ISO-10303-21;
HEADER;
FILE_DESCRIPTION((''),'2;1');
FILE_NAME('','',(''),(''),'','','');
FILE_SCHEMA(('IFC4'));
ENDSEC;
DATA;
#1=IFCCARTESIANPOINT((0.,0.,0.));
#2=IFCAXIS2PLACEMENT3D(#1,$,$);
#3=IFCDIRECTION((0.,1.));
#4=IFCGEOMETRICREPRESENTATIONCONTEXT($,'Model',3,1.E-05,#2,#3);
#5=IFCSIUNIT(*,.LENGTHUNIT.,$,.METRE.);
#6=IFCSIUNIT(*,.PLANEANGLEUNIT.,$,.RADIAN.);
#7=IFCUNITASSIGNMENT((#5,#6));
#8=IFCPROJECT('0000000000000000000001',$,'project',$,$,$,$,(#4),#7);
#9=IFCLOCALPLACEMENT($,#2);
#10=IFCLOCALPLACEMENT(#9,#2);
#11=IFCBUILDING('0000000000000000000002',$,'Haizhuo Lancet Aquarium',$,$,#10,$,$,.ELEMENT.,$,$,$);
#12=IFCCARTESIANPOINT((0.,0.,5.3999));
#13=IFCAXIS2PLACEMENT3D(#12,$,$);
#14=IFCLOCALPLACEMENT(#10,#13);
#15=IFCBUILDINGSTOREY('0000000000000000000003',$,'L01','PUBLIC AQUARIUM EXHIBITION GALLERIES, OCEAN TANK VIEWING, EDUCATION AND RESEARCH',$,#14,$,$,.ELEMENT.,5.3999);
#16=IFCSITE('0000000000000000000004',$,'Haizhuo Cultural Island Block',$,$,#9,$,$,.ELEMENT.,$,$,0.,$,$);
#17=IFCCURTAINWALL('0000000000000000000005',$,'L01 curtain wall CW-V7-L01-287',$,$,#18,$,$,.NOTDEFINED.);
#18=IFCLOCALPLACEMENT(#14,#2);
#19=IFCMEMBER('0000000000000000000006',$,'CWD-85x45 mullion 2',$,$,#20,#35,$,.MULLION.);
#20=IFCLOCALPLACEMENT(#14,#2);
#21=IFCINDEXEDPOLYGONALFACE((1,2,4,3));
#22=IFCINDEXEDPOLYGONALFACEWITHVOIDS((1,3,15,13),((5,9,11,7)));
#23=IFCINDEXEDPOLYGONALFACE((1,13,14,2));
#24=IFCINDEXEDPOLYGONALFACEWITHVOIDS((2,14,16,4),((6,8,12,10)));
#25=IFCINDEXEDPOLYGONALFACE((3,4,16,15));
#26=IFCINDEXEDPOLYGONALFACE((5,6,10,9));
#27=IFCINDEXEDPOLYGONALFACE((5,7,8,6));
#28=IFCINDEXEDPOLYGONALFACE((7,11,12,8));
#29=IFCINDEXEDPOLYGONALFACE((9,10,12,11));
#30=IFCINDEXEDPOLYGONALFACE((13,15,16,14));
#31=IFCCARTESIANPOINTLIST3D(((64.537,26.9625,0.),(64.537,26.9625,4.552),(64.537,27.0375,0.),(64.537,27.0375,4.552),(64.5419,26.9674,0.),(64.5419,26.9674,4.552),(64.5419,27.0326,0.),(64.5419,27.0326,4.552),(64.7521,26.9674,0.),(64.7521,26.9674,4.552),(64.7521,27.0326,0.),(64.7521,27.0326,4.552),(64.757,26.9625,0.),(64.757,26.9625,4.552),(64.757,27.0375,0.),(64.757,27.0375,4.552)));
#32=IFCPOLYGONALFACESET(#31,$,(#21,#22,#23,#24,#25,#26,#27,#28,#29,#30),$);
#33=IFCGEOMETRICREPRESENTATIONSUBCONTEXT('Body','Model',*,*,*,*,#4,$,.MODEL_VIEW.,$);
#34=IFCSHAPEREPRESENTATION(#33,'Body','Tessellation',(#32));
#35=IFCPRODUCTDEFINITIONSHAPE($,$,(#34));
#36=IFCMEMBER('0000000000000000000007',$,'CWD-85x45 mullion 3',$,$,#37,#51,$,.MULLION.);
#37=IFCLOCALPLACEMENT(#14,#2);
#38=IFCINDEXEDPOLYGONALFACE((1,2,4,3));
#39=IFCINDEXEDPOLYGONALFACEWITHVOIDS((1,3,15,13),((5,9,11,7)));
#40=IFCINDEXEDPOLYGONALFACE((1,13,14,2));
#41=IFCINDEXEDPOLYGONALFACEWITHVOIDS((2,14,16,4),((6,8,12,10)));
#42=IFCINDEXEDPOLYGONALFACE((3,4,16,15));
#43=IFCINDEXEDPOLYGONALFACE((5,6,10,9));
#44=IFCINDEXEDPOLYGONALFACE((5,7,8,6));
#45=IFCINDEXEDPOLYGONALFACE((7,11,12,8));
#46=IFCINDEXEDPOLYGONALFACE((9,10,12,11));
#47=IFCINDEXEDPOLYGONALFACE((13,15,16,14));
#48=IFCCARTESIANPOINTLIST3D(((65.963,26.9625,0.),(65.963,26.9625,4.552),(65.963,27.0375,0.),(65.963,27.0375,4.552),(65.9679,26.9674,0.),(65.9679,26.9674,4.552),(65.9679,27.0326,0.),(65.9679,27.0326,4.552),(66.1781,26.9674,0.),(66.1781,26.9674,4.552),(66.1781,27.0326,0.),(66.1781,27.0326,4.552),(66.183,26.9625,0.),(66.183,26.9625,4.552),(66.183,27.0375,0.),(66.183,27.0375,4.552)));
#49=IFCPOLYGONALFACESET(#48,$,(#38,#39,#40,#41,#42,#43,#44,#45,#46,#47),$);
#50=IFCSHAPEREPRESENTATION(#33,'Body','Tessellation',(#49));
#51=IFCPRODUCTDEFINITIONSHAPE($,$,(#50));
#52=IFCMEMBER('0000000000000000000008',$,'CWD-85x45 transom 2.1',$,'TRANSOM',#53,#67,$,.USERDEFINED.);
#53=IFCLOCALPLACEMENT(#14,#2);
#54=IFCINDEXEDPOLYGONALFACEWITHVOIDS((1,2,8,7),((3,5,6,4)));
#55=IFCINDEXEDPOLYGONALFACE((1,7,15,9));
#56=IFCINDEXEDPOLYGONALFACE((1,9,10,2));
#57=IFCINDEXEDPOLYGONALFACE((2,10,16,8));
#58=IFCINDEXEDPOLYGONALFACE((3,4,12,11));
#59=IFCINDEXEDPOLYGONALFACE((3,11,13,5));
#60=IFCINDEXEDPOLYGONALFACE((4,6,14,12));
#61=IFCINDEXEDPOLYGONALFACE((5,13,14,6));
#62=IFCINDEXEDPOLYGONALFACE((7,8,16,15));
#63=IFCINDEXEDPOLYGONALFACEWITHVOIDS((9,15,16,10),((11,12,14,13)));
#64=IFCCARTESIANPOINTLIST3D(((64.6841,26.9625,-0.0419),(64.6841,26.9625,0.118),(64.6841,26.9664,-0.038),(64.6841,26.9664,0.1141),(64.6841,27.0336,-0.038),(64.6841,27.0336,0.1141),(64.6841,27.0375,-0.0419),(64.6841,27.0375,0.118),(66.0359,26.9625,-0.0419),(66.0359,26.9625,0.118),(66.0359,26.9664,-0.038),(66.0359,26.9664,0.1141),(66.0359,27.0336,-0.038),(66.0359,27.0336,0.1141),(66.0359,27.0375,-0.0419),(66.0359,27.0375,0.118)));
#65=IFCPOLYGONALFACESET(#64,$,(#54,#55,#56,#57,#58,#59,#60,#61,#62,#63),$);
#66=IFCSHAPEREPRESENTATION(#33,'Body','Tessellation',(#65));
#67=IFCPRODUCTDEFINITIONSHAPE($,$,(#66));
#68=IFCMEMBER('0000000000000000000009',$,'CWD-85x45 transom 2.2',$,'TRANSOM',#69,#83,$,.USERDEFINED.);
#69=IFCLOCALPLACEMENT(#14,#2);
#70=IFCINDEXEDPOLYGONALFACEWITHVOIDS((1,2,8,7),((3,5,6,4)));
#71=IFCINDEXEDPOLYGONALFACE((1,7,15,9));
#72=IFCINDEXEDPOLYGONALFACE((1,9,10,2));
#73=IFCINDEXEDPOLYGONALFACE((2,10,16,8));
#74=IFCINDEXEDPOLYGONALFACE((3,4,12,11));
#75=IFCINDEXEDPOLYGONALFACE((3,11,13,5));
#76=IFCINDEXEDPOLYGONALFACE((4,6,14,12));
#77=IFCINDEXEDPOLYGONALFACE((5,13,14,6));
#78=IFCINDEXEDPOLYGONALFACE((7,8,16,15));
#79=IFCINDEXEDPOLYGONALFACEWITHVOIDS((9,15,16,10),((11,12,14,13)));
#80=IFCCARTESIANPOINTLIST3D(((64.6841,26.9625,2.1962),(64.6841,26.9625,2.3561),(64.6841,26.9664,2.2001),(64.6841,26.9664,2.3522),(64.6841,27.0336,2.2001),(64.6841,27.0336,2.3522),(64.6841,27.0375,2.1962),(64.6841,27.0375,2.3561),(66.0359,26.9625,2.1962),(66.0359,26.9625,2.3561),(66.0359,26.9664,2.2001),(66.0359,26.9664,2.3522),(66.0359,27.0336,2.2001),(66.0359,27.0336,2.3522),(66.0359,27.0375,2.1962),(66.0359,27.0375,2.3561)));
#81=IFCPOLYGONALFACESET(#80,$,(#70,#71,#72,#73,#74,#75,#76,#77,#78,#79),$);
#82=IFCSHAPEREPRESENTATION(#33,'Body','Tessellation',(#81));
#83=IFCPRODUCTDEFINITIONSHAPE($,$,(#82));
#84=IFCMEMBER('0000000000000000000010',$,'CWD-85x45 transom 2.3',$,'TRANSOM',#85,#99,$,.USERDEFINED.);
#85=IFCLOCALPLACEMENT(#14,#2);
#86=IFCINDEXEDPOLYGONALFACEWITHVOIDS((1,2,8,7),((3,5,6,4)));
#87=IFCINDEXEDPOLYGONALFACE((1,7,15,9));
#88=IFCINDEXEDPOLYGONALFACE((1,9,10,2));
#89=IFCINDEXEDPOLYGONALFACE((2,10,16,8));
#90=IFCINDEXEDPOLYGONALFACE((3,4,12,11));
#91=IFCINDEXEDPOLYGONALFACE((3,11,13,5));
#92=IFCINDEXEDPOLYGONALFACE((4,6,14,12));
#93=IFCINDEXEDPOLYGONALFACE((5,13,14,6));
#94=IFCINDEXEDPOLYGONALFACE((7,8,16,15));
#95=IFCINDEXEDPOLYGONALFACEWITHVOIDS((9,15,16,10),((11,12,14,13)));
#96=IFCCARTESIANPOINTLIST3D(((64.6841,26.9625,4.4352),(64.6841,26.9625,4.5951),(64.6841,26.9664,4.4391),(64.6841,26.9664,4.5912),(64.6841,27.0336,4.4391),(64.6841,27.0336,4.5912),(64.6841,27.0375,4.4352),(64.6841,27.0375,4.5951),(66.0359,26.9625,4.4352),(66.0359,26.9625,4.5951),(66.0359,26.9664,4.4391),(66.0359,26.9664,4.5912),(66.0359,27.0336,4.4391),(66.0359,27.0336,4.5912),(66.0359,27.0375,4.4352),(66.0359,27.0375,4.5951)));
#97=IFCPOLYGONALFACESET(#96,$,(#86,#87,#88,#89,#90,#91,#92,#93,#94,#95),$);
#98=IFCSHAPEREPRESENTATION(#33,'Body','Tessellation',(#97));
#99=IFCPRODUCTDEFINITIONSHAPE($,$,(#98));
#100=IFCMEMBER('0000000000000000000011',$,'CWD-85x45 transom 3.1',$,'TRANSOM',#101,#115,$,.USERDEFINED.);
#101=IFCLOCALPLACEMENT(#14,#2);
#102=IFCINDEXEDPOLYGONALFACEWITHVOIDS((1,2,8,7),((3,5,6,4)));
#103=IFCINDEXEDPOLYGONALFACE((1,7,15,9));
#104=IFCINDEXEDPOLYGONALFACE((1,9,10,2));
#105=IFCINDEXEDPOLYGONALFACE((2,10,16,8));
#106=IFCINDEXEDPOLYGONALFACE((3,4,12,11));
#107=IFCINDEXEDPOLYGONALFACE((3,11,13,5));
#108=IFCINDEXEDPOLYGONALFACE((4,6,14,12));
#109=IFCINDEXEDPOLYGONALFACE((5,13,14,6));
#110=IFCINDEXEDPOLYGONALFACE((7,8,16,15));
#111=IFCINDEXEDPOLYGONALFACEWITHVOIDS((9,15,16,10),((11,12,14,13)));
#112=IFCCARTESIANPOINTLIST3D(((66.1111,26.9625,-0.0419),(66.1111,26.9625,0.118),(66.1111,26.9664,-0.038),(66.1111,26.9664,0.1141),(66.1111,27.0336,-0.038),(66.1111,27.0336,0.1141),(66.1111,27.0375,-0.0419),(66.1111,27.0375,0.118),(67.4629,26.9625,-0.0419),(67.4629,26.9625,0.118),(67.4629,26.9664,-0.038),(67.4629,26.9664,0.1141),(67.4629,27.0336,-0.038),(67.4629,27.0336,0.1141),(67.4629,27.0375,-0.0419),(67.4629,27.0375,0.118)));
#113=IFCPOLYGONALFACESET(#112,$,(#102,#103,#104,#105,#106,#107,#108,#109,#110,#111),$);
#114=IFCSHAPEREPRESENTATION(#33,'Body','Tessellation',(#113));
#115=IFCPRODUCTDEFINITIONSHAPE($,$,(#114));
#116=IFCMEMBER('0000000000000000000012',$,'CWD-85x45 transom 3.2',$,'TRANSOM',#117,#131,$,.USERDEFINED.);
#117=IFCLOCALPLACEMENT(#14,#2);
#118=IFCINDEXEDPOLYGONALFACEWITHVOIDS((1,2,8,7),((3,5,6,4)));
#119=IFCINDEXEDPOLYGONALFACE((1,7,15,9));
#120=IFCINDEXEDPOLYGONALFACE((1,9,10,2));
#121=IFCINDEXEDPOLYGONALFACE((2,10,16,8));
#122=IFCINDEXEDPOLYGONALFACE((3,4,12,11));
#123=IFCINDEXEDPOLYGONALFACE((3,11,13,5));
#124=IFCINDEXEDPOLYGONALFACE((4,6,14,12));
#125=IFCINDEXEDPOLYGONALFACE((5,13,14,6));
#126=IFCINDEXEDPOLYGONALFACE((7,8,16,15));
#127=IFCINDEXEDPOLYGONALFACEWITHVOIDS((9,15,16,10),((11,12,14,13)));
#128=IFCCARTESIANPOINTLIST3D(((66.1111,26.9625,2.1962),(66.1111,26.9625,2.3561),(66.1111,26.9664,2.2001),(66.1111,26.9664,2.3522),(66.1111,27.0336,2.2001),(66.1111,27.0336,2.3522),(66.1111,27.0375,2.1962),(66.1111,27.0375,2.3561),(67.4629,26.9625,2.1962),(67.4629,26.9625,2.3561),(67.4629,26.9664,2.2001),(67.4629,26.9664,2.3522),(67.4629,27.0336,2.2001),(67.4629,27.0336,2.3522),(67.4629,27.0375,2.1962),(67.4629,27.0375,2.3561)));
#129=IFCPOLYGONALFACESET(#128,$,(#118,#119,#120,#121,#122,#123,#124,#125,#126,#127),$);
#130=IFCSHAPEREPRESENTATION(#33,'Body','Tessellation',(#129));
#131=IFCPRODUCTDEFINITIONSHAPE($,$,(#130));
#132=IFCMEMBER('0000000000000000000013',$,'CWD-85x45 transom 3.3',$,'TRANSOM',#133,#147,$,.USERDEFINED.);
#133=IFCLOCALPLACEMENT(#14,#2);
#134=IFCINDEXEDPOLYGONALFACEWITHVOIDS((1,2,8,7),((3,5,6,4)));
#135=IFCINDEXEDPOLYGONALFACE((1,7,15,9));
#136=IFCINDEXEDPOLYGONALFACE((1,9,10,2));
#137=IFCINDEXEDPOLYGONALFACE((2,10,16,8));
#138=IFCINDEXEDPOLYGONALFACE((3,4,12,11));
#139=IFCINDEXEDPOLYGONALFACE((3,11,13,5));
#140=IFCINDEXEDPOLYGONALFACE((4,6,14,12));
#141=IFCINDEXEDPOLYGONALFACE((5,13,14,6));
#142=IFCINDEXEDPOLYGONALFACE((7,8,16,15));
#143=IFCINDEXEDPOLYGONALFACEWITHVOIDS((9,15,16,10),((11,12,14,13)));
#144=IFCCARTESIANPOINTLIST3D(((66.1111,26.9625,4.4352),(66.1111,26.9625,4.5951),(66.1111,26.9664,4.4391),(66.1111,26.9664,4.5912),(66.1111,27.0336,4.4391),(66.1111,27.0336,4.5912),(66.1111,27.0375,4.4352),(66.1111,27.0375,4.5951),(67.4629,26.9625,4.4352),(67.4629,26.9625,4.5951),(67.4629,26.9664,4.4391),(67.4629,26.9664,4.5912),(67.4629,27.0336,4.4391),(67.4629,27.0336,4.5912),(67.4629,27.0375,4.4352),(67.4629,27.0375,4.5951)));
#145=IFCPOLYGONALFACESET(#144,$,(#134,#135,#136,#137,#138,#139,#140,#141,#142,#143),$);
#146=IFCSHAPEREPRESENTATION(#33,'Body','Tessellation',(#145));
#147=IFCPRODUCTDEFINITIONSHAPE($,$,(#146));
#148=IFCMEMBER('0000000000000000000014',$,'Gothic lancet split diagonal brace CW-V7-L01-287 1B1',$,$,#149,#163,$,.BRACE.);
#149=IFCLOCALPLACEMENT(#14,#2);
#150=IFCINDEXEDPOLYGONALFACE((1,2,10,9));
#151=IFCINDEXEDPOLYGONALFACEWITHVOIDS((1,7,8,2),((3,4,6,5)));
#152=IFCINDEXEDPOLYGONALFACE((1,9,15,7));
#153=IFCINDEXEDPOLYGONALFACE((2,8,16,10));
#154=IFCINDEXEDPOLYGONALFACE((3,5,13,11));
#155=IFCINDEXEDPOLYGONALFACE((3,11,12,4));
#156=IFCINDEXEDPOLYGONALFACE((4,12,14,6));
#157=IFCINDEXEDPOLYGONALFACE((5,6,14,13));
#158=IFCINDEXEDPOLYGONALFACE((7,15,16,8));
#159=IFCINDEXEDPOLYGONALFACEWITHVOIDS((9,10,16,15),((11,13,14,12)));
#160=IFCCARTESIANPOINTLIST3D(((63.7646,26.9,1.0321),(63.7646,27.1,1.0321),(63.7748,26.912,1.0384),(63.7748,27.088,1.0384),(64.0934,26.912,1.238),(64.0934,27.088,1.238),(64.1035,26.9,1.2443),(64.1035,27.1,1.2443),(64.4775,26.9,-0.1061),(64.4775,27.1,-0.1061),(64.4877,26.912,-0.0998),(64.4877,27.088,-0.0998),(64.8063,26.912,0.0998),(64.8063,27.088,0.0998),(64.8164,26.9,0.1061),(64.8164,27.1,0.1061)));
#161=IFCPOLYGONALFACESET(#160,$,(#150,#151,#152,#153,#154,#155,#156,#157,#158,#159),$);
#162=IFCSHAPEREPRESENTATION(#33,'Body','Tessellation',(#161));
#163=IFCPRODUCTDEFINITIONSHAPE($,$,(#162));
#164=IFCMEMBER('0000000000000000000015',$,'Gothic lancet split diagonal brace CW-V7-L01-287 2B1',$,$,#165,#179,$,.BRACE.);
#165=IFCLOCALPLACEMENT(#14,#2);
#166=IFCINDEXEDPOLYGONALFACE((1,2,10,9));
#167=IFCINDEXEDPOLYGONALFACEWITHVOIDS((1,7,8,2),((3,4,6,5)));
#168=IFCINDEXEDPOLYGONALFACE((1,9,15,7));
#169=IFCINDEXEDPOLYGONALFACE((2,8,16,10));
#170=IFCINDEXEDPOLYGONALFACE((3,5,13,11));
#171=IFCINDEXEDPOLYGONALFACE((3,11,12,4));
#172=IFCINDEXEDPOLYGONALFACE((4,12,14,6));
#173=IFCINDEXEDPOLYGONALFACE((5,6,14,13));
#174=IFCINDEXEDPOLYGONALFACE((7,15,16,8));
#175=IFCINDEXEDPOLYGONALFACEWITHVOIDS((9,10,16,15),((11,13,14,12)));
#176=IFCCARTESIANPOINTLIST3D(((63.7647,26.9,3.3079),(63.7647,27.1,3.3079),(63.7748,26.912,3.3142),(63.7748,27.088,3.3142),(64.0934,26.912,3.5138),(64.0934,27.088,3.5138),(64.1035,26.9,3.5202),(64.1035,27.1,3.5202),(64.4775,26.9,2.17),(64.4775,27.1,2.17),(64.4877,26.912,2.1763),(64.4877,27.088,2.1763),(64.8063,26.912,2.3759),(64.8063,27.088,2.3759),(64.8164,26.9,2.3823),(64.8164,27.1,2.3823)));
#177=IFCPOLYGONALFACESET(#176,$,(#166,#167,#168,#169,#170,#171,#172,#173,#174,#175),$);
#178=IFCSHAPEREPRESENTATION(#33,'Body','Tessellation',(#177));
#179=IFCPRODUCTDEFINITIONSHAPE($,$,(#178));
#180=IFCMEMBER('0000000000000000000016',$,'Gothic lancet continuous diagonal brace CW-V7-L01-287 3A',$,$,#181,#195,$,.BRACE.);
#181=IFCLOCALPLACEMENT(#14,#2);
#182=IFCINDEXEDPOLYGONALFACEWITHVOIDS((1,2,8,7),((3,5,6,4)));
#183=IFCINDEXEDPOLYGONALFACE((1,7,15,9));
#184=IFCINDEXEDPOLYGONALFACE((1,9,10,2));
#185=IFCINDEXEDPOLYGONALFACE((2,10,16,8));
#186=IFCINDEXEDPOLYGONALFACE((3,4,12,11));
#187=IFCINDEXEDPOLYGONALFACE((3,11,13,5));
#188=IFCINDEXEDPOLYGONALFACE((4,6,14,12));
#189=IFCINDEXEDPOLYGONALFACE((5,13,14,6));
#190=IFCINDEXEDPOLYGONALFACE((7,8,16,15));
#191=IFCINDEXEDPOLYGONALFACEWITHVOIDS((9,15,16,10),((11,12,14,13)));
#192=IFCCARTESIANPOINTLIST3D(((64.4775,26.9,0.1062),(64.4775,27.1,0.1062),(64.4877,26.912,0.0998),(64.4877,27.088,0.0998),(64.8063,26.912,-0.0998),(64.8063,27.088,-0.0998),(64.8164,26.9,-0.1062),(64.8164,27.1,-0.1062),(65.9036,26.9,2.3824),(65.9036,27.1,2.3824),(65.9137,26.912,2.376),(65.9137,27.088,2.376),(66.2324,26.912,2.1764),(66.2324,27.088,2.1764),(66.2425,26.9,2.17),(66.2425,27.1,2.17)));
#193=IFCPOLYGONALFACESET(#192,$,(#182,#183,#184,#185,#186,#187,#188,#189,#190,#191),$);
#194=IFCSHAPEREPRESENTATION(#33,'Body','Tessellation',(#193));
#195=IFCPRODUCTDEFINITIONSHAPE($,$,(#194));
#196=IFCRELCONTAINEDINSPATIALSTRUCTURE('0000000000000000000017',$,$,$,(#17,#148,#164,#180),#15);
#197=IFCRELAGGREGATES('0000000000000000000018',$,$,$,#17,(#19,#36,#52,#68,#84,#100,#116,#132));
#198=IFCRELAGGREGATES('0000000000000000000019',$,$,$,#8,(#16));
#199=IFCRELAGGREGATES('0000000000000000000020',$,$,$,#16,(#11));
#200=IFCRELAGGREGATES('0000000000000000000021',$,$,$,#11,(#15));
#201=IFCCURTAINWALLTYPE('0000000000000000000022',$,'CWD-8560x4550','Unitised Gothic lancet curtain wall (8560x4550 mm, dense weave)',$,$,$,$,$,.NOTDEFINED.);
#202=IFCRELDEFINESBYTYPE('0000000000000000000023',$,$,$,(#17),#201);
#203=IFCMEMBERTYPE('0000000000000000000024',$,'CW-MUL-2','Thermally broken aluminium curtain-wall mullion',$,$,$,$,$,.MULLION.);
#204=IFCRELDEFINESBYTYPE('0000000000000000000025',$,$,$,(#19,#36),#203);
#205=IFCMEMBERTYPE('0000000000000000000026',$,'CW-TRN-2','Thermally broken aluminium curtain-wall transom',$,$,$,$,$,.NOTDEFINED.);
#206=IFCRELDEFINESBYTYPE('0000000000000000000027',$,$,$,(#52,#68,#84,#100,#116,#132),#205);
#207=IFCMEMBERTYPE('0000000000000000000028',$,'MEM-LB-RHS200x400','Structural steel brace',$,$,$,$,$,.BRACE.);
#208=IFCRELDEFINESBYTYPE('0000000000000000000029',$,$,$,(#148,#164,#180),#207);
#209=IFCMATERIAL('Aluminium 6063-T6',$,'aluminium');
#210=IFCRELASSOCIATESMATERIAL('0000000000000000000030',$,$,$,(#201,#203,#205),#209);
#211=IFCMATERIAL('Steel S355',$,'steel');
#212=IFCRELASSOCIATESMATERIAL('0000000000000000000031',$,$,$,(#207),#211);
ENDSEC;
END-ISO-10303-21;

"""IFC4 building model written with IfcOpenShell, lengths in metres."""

from ifc_helpers import new_model, si_unit, direction, frame, origin, origin_2d, place, context, subcontext, project, spatial, hollow_rectangle, extrude, material, material_profile, profile_set, type_object, element, aggregate, save


model = new_model("IFC4")

# Units and contexts
model_context = context("Model", 3, precision=1e-05, world=origin(), true_north=direction((0.0, 1.0)))
body_context = subcontext(model_context, "Body", "Model", "MODEL_VIEW")
ifc_project = project(units=[si_unit("LENGTHUNIT", "METRE"), si_unit("PLANEANGLEUNIT", "RADIAN")], contexts=[model_context])

# Site, building, storey
site_placement = place(None, origin())
site = spatial("IfcSite", under=ifc_project, at=site_placement, Name="Haizhuo Cultural Island Block", CompositionType="ELEMENT", RefElevation=0.0)
building_placement = place(site_placement, origin())
building = spatial("IfcBuilding", under=site, at=building_placement, Name="Haizhuo Lancet Aquarium", CompositionType="ELEMENT")
storey_placement = place(building_placement, frame((0.0, 0.0, 5.3999)))
storey = spatial("IfcBuildingStorey", under=building, at=storey_placement, Name="L01", Description="PUBLIC AQUARIUM EXHIBITION GALLERIES, OCEAN TANK VIEWING, EDUCATION AND RESEARCH", CompositionType="ELEMENT", Elevation=5.3999)

# Curtain wall, members
ifc_material_1 = material(Name="Aluminium 6063-T6", Category="aluminium")
curtain_wall_type = type_object("IfcCurtainWallType", Name="CWD-8560x4550", Description="Unitised Gothic lancet curtain wall (8560x4550 mm, dense weave)", PredefinedType="NOTDEFINED", material=ifc_material_1)
curtain_wall_placement = place(storey_placement, origin())
curtain_wall = element("IfcCurtainWall", 1, at=curtain_wall_placement, inside=storey, type_object=curtain_wall_type, Name="L01 curtain wall CW-V7-L01-287", PredefinedType="NOTDEFINED")
ifc_material_profile_1 = material_profile(ifc_material_1, hollow_rectangle(XDim=0.075, YDim=0.22, WallThickness=0.0049, at=origin_2d()), Name="ALU-M 75x220x5")
ifc_profile_set_1 = profile_set([ifc_material_profile_1], Name="Aluminium 6063-T6")
member_type_1 = type_object("IfcMemberType", Name="CW-MUL-2", Description="Thermally broken aluminium curtain-wall mullion", PredefinedType="MULLION", material=ifc_profile_set_1)
member_1_placement = place(storey_placement, frame((64.647, 27.0, 0.0), z_axis=(0.0, 0.0, 1.0), x_axis=(0.0, 1.0, 0.0)))
member_1 = element("IfcMember", 2, at=member_1_placement, type_object=member_type_1, Name="CWD-85x45 mullion 2", PredefinedType="MULLION", context=body_context, shape_type="SweptSolid", body=[
    extrude(hollow_rectangle(XDim=0.075, YDim=0.22, WallThickness=0.0049, at=origin_2d()), origin(), (0.0, 0.0, 1.0), 4.552),
])
member_2_placement = place(storey_placement, frame((66.073, 27.0, 0.0), z_axis=(0.0, 0.0, 1.0), x_axis=(0.0, 1.0, 0.0)))
member_2 = element("IfcMember", 3, at=member_2_placement, type_object=member_type_1, Name="CWD-85x45 mullion 3", PredefinedType="MULLION", context=body_context, shape_type="SweptSolid", body=[
    extrude(hollow_rectangle(XDim=0.075, YDim=0.22, WallThickness=0.0049, at=origin_2d()), origin(), (0.0, 0.0, 1.0), 4.552),
])
ifc_material_profile_2 = material_profile(ifc_material_1, hollow_rectangle(XDim=0.075, YDim=0.1599, WallThickness=0.0039, at=origin_2d()), Name="ALU-T 75x160x4")
ifc_profile_set_2 = profile_set([ifc_material_profile_2], Name="Aluminium 6063-T6")
member_type_2 = type_object("IfcMemberType", Name="CW-TRN-2", Description="Thermally broken aluminium curtain-wall transom", PredefinedType="NOTDEFINED", material=ifc_profile_set_2)
member_3_placement = place(storey_placement, frame((64.6841, 27.0, 0.0381), z_axis=(1.0, 0.0, 0.0), x_axis=(0.0, 1.0, 0.0)))
member_3 = element("IfcMember", 4, at=member_3_placement, type_object=member_type_2, Name="CWD-85x45 transom 2.1", ObjectType="TRANSOM", PredefinedType="USERDEFINED", context=body_context, shape_type="SweptSolid", body=[
    extrude(hollow_rectangle(XDim=0.075, YDim=0.1599, WallThickness=0.0039, at=origin_2d()), origin(), (0.0, 0.0, 1.0), 1.3518),
])
member_4_placement = place(storey_placement, frame((64.6841, 27.0, 2.2761), z_axis=(1.0, 0.0, 0.0), x_axis=(0.0, 1.0, 0.0)))
member_4 = element("IfcMember", 5, at=member_4_placement, type_object=member_type_2, Name="CWD-85x45 transom 2.2", ObjectType="TRANSOM", PredefinedType="USERDEFINED", context=body_context, shape_type="SweptSolid", body=[
    extrude(hollow_rectangle(XDim=0.075, YDim=0.1599, WallThickness=0.0039, at=origin_2d()), origin(), (0.0, 0.0, 1.0), 1.3518),
])
member_5_placement = place(storey_placement, frame((64.6841, 27.0, 4.5151), z_axis=(1.0, 0.0, 0.0), x_axis=(0.0, 1.0, 0.0)))
member_5 = element("IfcMember", 6, at=member_5_placement, type_object=member_type_2, Name="CWD-85x45 transom 2.3", ObjectType="TRANSOM", PredefinedType="USERDEFINED", context=body_context, shape_type="SweptSolid", body=[
    extrude(hollow_rectangle(XDim=0.075, YDim=0.1599, WallThickness=0.0039, at=origin_2d()), origin(), (0.0, 0.0, 1.0), 1.3518),
])
member_6_placement = place(storey_placement, frame((66.1111, 27.0, 0.0381), z_axis=(1.0, 0.0, 0.0), x_axis=(0.0, 1.0, 0.0)))
member_6 = element("IfcMember", 7, at=member_6_placement, type_object=member_type_2, Name="CWD-85x45 transom 3.1", ObjectType="TRANSOM", PredefinedType="USERDEFINED", context=body_context, shape_type="SweptSolid", body=[
    extrude(hollow_rectangle(XDim=0.075, YDim=0.1599, WallThickness=0.0039, at=origin_2d()), origin(), (0.0, 0.0, 1.0), 1.3518),
])
member_7_placement = place(storey_placement, frame((66.1111, 27.0, 2.2761), z_axis=(1.0, 0.0, 0.0), x_axis=(0.0, 1.0, 0.0)))
member_7 = element("IfcMember", 8, at=member_7_placement, type_object=member_type_2, Name="CWD-85x45 transom 3.2", ObjectType="TRANSOM", PredefinedType="USERDEFINED", context=body_context, shape_type="SweptSolid", body=[
    extrude(hollow_rectangle(XDim=0.075, YDim=0.1599, WallThickness=0.0039, at=origin_2d()), origin(), (0.0, 0.0, 1.0), 1.3518),
])
member_8_placement = place(storey_placement, frame((66.1111, 27.0, 4.5151), z_axis=(1.0, 0.0, 0.0), x_axis=(0.0, 1.0, 0.0)))
member_8 = element("IfcMember", 9, at=member_8_placement, type_object=member_type_2, Name="CWD-85x45 transom 3.3", ObjectType="TRANSOM", PredefinedType="USERDEFINED", context=body_context, shape_type="SweptSolid", body=[
    extrude(hollow_rectangle(XDim=0.075, YDim=0.1599, WallThickness=0.0039, at=origin_2d()), origin(), (0.0, 0.0, 1.0), 1.3518),
])

# Members
ifc_material_2 = material(Name="Steel S355", Category="steel")
ifc_material_profile_3 = material_profile(ifc_material_2, hollow_rectangle(XDim=0.2, YDim=0.3999, WallThickness=0.012, at=origin_2d()), Name="RHS 200x400x12")
ifc_profile_set_3 = profile_set([ifc_material_profile_3], Name="Steel S355")
member_type_3 = type_object("IfcMemberType", Name="MEM-LB-RHS200x400", Description="Structural steel brace", PredefinedType="BRACE", material=ifc_profile_set_3)
member_9_placement = place(storey_placement, frame((64.647, 27.0, 0.0), z_axis=(-0.530816, 0.0, 0.847487), x_axis=(0.0, -1.0, 0.0)))
element("IfcMember", 10, at=member_9_placement, inside=storey, type_object=member_type_3, Name="Gothic lancet split diagonal brace CW-V7-L01-287 1B1", PredefinedType="BRACE", context=body_context, shape_type="SweptSolid", body=[
    extrude(hollow_rectangle(XDim=0.2, YDim=0.3999, WallThickness=0.012, at=origin_2d()), origin(), (0.0, 0.0, 1.0), 1.343),
])
member_10_placement = place(storey_placement, frame((64.647, 27.0, 2.2761), z_axis=(-0.530897, 0.0, 0.847436), x_axis=(0.0, -1.0, 0.0)))
element("IfcMember", 11, at=member_10_placement, inside=storey, type_object=member_type_3, Name="Gothic lancet split diagonal brace CW-V7-L01-287 2B1", PredefinedType="BRACE", context=body_context, shape_type="SweptSolid", body=[
    extrude(hollow_rectangle(XDim=0.2, YDim=0.3999, WallThickness=0.012, at=origin_2d()), origin(), (0.0, 0.0, 1.0), 1.3428),
])
member_11_placement = place(storey_placement, frame((64.647, 27.0, 0.0), z_axis=(0.530922, 0.0, 0.847421), x_axis=(0.0, 1.0, 0.0)))
element("IfcMember", 12, at=member_11_placement, inside=storey, type_object=member_type_3, Name="Gothic lancet continuous diagonal brace CW-V7-L01-287 3A", PredefinedType="BRACE", context=body_context, shape_type="SweptSolid", body=[
    extrude(hollow_rectangle(XDim=0.2, YDim=0.3999, WallThickness=0.012, at=origin_2d()), origin(), (0.0, 0.0, 1.0), 2.686),
])

aggregate(curtain_wall, [member_1, member_2, member_3, member_4, member_5, member_6, member_7, member_8])

save(model, "model.ifc")
